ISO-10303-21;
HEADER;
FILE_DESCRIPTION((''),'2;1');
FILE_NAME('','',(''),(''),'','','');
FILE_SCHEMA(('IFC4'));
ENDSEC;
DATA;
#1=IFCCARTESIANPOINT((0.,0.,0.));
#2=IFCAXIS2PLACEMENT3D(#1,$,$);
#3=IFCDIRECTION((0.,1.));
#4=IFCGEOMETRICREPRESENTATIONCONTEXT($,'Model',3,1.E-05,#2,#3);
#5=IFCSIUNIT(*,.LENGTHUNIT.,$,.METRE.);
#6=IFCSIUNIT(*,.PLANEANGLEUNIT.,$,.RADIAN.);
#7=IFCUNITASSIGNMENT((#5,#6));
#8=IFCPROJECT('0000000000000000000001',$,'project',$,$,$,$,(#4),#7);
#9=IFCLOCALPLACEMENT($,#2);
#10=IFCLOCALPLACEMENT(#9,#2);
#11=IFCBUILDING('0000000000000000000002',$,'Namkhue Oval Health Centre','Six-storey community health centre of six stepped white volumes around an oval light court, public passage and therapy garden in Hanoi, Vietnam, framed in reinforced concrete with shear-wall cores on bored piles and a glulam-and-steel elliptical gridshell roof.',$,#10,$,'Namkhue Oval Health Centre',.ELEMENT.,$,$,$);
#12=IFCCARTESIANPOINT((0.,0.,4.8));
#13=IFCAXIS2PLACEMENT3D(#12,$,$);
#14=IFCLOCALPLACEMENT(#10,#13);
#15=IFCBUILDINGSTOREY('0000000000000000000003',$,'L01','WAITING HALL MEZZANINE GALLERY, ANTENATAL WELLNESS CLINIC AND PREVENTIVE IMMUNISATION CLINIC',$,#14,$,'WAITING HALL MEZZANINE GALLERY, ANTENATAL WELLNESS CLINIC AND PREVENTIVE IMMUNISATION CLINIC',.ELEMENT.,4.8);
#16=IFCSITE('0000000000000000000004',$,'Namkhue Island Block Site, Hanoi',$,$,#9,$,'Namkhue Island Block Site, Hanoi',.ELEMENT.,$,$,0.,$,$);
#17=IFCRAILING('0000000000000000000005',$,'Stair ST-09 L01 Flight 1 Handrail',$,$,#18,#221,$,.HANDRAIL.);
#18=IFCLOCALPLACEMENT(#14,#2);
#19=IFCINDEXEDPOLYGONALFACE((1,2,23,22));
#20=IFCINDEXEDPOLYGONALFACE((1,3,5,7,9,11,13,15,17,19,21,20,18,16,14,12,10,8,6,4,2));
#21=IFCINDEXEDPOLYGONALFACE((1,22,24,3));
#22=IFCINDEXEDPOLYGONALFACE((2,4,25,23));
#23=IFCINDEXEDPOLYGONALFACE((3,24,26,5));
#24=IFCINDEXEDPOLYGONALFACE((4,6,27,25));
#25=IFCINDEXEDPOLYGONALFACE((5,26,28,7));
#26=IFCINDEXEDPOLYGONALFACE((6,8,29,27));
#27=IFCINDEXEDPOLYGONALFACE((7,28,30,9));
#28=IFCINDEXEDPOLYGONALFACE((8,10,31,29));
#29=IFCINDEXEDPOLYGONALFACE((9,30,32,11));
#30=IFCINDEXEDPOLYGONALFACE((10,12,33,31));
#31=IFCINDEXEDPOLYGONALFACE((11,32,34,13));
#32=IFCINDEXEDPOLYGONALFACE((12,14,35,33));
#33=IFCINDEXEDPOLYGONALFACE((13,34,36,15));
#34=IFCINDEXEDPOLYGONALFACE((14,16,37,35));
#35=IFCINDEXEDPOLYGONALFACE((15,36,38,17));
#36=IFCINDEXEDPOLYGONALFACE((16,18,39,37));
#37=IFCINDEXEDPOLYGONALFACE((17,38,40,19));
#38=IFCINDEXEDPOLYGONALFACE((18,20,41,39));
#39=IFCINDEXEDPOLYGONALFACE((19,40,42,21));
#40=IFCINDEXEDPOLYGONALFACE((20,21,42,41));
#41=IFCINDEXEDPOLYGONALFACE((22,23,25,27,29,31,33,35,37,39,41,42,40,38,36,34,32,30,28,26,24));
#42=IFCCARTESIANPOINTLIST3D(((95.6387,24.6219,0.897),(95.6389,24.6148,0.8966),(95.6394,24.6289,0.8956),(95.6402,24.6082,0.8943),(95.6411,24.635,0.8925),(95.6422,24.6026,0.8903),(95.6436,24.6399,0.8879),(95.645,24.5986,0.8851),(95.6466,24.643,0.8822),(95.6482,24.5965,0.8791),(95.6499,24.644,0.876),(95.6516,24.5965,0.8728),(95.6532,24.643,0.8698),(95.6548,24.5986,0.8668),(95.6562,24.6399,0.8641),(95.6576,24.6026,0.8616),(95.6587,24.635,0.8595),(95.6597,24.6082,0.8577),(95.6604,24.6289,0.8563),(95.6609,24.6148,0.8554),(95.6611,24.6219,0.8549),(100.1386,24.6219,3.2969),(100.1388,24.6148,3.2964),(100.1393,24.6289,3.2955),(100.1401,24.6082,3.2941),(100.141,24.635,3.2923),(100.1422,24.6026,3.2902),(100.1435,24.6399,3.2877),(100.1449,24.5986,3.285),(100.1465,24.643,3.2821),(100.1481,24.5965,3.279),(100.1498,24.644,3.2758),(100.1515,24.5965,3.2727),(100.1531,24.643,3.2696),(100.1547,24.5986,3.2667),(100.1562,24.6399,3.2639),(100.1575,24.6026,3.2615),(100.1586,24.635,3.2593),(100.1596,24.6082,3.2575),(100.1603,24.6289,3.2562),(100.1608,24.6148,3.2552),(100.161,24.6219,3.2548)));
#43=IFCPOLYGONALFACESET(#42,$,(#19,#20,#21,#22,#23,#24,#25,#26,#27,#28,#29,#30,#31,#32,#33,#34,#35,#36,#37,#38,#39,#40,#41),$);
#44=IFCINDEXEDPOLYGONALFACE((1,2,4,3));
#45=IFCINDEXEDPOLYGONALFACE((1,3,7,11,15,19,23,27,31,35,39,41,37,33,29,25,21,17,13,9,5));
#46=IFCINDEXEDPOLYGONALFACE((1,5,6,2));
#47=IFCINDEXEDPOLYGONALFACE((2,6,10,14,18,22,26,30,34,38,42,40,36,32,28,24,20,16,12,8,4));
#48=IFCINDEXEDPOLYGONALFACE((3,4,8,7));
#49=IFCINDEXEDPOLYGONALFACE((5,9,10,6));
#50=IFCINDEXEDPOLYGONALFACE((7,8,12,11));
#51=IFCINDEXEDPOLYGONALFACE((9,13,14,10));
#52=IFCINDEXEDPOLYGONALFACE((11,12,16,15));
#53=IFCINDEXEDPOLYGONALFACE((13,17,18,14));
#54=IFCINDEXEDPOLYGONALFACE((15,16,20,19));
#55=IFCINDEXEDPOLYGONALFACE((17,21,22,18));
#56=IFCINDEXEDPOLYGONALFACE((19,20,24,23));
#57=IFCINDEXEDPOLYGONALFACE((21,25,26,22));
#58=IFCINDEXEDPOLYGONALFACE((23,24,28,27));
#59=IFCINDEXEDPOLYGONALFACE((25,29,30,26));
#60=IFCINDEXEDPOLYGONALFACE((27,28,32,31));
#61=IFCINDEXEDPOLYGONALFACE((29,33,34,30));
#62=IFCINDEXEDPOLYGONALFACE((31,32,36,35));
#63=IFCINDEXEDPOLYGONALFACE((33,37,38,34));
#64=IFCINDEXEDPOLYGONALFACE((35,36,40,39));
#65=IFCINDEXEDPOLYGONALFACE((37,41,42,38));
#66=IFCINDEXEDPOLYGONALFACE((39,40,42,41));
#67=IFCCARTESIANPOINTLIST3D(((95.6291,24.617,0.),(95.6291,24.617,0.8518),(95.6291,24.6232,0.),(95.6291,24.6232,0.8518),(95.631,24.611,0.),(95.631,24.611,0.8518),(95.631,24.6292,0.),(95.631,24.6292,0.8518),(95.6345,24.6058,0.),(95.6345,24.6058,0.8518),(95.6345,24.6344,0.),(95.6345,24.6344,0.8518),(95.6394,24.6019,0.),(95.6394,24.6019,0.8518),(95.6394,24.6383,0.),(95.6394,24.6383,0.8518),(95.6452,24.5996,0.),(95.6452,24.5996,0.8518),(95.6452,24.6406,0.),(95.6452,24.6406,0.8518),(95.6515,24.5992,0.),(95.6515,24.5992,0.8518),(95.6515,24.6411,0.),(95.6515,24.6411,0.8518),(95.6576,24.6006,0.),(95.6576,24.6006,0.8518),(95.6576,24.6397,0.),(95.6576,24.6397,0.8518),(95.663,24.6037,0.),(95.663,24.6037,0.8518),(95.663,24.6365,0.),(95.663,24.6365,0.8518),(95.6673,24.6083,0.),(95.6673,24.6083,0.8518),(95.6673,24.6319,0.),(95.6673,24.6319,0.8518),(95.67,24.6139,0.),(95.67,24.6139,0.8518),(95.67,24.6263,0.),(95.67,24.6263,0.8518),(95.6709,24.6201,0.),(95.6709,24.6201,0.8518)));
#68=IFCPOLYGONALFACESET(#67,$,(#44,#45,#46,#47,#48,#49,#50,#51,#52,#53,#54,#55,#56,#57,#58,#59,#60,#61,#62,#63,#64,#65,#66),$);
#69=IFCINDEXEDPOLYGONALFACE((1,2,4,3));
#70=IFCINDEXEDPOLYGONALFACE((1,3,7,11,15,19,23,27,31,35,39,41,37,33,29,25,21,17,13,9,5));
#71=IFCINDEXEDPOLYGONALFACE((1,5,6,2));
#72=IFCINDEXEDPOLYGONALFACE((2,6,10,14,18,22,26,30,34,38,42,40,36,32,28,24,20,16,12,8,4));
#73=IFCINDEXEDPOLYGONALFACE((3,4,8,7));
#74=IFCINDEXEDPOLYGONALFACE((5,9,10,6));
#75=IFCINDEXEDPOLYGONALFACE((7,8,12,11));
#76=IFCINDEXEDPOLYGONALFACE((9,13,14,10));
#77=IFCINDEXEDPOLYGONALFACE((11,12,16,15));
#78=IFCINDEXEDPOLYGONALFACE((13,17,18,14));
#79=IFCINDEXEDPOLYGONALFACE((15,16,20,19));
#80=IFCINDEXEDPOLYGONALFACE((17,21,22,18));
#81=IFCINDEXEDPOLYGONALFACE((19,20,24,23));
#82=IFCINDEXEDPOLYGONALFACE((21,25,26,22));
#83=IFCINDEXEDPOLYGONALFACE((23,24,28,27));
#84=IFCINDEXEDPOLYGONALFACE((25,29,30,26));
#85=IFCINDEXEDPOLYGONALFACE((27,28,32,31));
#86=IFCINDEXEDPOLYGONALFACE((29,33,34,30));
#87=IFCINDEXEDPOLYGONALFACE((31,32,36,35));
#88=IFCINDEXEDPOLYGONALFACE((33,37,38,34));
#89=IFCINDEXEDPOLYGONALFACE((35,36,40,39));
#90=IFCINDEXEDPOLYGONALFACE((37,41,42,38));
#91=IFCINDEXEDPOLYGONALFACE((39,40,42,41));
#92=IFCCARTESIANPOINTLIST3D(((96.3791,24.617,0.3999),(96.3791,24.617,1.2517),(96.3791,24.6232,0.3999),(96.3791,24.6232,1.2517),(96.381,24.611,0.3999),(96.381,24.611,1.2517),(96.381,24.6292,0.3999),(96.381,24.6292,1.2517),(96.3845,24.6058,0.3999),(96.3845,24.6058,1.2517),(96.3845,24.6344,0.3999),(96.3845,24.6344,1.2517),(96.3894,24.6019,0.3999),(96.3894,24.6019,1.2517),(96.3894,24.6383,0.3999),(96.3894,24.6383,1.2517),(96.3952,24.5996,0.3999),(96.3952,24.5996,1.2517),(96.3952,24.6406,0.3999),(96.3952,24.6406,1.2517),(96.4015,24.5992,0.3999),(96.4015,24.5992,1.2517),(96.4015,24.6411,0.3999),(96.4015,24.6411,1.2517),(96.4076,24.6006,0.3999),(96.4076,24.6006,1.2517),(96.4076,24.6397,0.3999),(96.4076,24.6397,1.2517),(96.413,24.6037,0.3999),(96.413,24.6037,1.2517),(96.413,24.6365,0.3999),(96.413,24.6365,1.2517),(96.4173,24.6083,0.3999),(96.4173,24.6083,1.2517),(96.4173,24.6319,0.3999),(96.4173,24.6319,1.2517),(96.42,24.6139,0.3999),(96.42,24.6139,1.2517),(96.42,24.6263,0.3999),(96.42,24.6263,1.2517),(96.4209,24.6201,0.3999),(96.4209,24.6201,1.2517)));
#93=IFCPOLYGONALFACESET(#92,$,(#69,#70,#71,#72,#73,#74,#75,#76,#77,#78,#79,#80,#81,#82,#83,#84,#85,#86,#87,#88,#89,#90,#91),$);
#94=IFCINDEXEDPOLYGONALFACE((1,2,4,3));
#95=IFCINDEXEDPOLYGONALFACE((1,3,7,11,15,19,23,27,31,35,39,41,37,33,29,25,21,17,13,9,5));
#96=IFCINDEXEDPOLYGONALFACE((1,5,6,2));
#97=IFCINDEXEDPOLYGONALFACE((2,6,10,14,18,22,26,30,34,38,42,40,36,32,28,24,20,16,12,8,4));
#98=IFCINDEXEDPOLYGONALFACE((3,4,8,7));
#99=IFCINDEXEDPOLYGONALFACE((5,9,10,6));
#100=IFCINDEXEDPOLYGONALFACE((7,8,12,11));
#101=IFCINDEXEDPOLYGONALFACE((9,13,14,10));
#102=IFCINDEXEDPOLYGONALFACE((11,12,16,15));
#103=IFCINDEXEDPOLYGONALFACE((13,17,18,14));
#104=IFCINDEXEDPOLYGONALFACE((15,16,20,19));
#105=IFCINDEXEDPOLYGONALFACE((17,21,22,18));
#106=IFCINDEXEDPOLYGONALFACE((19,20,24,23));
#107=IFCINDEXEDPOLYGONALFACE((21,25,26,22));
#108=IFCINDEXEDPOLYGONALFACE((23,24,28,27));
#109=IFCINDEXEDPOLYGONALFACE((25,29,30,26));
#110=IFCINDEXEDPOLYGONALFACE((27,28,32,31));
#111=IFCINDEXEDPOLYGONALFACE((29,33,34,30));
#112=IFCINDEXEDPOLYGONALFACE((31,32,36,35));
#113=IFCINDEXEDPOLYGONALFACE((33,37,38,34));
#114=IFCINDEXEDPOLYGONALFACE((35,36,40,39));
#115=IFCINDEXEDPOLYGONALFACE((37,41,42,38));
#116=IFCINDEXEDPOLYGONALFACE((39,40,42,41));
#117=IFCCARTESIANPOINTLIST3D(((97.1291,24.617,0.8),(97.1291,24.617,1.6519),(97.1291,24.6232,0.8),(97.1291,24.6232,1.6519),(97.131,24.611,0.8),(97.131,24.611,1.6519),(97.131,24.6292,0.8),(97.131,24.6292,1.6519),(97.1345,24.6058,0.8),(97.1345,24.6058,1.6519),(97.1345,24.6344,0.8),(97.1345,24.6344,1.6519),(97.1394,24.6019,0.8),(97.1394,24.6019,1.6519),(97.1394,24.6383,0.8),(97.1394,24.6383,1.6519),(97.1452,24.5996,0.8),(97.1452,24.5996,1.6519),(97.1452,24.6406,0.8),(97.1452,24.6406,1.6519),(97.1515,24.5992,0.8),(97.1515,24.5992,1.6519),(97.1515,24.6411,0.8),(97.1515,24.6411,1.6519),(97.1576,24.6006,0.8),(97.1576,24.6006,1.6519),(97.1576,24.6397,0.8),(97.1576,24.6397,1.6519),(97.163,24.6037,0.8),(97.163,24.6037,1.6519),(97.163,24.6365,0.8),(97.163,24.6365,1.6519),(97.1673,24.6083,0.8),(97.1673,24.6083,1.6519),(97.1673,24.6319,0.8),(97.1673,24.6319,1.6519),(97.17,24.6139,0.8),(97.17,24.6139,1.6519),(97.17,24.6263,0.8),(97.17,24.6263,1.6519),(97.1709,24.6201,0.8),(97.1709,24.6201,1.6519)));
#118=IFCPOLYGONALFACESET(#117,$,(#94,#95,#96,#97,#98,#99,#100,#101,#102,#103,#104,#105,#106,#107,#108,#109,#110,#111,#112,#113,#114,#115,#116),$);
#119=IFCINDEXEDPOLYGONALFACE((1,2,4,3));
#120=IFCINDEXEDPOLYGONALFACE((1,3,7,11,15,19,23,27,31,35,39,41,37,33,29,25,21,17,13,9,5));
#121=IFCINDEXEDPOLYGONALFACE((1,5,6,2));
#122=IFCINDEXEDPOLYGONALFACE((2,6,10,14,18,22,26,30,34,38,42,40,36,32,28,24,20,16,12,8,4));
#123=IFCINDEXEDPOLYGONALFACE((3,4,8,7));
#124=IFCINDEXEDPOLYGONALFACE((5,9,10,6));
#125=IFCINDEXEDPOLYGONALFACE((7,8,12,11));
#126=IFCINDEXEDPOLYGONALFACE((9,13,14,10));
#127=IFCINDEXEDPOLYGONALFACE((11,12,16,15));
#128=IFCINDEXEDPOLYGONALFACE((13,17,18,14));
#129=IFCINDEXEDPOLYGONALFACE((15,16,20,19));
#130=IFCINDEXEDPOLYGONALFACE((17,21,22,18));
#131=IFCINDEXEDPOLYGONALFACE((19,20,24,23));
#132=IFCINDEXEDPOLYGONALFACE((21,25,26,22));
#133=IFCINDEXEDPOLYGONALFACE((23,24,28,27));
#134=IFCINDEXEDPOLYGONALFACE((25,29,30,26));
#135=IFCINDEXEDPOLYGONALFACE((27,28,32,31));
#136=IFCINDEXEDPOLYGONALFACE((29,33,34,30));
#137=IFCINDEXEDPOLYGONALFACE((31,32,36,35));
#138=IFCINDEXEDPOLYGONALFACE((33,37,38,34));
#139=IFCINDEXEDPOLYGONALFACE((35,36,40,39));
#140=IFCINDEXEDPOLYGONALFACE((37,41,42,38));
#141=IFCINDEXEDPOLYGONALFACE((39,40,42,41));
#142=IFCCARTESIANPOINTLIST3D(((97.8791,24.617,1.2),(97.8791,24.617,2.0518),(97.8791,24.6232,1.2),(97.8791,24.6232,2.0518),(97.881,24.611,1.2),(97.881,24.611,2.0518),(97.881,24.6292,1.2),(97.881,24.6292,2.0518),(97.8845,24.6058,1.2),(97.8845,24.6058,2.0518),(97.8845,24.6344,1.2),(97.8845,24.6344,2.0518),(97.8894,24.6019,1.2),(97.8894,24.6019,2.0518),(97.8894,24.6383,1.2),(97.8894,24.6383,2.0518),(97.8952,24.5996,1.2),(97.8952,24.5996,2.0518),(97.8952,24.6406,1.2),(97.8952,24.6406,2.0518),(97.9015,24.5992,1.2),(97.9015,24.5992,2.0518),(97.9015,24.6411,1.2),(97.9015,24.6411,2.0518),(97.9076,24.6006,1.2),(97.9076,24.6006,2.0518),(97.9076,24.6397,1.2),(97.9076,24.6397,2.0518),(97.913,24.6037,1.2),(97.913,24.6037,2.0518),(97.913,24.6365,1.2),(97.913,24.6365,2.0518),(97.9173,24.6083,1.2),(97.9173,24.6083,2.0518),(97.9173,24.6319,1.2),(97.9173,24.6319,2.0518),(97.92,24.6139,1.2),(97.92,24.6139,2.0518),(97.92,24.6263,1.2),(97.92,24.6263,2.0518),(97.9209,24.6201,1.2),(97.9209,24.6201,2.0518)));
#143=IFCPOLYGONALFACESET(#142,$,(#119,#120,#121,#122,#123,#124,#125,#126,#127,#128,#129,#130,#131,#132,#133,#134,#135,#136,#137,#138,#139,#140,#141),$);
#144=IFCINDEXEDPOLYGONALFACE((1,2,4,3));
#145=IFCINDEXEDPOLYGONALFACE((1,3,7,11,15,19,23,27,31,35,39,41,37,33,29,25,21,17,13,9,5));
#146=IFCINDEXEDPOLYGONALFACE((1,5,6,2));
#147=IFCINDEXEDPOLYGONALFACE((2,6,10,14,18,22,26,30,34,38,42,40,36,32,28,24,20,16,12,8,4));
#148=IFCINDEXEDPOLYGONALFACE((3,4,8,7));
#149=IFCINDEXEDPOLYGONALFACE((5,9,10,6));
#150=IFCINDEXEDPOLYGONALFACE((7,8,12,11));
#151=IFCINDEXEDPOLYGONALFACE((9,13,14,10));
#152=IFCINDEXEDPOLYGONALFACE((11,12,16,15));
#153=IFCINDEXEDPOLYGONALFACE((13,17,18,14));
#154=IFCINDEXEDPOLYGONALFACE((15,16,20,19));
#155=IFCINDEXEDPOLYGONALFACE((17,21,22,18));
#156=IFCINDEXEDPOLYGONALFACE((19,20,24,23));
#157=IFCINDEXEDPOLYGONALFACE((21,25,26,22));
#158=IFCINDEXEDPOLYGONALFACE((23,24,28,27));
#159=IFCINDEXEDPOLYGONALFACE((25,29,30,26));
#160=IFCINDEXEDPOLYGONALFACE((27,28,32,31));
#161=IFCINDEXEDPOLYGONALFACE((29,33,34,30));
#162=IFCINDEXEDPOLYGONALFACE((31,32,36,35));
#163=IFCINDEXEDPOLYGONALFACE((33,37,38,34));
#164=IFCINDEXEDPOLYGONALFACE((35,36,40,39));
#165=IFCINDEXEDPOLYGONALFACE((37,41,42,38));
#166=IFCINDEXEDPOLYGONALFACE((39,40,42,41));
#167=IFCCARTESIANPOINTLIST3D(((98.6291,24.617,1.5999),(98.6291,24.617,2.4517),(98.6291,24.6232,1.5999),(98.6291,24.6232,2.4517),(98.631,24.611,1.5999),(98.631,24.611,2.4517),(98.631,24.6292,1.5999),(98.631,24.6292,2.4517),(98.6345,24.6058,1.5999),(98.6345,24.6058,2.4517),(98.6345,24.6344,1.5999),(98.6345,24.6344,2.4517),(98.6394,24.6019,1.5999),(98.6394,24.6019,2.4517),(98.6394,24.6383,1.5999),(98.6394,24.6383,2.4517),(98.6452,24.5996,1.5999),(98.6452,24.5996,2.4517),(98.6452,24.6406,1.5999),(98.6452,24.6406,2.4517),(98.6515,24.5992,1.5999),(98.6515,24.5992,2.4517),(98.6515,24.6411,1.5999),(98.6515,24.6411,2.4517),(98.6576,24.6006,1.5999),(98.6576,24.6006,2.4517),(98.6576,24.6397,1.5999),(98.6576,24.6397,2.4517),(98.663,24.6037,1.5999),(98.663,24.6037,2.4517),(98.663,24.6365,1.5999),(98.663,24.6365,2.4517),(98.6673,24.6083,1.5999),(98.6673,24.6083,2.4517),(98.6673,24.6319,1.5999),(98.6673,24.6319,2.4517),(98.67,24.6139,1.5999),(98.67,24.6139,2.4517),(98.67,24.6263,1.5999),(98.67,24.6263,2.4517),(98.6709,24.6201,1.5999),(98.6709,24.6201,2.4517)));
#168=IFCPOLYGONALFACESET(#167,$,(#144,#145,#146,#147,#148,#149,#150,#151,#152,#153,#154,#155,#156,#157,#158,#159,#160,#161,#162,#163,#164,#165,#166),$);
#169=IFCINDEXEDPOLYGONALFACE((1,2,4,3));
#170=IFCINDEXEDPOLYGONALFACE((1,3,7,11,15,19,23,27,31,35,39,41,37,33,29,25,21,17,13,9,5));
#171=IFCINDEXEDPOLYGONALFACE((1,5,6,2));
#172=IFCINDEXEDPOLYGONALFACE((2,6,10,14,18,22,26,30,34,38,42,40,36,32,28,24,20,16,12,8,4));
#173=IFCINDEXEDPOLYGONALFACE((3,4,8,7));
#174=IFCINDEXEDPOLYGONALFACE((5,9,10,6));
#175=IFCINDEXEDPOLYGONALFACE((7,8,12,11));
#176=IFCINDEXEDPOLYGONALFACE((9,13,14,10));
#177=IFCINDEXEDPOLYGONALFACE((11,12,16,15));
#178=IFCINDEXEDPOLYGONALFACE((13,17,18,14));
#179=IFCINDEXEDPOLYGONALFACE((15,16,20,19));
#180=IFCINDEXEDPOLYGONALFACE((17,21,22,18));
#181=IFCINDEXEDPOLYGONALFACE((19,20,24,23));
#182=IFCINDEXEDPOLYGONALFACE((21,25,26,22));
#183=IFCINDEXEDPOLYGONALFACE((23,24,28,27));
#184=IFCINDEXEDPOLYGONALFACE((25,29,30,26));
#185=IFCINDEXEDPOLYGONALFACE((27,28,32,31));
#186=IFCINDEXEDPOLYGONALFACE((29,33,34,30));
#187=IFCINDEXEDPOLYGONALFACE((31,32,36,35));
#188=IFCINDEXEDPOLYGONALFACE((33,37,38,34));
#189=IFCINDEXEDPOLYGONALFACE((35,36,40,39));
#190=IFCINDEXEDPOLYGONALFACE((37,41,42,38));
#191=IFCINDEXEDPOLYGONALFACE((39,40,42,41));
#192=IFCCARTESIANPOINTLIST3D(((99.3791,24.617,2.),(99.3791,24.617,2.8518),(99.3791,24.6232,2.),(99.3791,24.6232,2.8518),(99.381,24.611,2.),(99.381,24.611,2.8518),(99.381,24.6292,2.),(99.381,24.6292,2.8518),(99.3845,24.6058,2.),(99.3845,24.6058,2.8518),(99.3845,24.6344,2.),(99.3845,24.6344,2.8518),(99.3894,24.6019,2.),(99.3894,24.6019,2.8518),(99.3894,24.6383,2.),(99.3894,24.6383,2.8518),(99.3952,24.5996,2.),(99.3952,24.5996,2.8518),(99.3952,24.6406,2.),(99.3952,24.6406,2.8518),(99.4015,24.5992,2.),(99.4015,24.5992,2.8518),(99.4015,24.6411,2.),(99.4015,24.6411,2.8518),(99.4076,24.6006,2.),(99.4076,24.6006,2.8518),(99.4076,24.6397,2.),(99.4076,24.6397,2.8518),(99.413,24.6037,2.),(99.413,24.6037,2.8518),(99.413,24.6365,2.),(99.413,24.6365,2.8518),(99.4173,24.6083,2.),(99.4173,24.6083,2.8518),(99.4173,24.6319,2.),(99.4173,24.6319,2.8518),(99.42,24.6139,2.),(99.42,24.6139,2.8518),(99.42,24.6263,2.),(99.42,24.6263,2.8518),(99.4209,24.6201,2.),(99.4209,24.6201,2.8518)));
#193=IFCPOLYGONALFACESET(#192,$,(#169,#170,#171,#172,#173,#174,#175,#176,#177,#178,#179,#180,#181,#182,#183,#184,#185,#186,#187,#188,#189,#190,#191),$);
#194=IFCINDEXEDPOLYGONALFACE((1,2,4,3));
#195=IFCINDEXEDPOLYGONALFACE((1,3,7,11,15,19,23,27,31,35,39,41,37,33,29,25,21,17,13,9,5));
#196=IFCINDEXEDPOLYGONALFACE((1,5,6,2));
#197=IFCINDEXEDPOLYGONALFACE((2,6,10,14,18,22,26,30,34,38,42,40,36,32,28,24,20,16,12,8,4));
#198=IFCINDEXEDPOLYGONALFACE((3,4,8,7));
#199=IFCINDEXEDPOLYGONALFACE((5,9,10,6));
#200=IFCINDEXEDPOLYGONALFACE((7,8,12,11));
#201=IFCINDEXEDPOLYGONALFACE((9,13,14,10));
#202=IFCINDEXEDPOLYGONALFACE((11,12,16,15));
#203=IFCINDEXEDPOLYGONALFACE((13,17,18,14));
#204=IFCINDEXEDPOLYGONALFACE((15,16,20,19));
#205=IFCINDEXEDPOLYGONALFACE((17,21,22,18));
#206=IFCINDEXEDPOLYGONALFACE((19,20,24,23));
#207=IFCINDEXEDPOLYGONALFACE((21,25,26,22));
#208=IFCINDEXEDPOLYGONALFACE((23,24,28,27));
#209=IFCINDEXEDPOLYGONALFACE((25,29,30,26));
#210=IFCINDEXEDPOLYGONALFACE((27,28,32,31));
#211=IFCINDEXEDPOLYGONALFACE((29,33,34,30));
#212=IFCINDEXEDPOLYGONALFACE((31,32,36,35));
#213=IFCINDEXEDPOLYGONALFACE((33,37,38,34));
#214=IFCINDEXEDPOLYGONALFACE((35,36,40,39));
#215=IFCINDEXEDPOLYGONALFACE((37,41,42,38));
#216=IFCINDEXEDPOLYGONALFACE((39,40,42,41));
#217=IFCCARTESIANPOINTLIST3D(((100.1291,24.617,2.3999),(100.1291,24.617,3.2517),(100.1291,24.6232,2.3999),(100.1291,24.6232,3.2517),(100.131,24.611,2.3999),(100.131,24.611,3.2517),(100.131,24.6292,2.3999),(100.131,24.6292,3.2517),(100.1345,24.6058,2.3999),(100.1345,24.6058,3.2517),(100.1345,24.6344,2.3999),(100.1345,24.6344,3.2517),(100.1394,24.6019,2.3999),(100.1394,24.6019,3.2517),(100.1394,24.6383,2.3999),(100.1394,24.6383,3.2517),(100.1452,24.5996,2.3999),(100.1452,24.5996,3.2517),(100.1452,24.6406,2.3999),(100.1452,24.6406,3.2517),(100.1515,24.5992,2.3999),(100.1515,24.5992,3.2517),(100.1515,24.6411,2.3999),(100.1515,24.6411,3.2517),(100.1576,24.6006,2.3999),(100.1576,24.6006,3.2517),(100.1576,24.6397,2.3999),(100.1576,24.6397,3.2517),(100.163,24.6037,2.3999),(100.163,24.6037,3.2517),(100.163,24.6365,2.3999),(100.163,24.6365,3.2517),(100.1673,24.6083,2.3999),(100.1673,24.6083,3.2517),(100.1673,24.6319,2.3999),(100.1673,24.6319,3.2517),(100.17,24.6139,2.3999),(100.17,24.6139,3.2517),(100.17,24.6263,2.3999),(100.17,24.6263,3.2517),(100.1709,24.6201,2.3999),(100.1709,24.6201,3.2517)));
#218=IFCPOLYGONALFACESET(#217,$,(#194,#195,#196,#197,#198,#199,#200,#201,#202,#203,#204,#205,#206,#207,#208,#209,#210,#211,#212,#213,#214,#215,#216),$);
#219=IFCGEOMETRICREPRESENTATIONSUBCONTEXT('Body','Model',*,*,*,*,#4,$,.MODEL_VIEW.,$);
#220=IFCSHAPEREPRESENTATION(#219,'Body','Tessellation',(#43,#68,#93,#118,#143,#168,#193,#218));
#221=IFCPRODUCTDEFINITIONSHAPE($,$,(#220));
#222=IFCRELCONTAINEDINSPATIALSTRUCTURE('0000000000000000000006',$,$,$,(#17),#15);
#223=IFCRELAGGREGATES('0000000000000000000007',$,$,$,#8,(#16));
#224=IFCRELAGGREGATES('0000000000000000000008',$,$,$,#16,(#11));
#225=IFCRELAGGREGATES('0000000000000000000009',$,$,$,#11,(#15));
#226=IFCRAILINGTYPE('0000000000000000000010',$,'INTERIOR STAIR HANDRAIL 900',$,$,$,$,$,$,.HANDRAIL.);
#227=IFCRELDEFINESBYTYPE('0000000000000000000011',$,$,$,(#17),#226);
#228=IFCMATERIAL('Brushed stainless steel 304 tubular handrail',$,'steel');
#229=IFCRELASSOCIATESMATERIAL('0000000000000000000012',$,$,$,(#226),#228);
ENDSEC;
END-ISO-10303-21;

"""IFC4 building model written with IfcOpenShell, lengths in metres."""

from ifc_helpers import new_model, si_unit, direction, frame, origin, origin_2d, place, context, subcontext, project, spatial, circle, extrude, material, type_object, element, save


model = new_model("IFC4")

# Units and contexts
model_context = context("Model", 3, precision=1e-05, world=origin(), true_north=direction((0.0, 1.0)))
body_context = subcontext(model_context, "Body", "Model", "MODEL_VIEW")
ifc_project = project(units=[si_unit("LENGTHUNIT", "METRE"), si_unit("PLANEANGLEUNIT", "RADIAN")], contexts=[model_context])

# Site, building, storey
site_placement = place(None, origin())
site = spatial("IfcSite", under=ifc_project, at=site_placement, Name="Namkhue Island Block Site, Hanoi", LongName="Namkhue Island Block Site, Hanoi", CompositionType="ELEMENT", RefElevation=0.0)
building_placement = place(site_placement, origin())
building = spatial("IfcBuilding", under=site, at=building_placement, Name="Namkhue Oval Health Centre", Description="Six-storey community health centre of six stepped white volumes around an oval light court, public passage and therapy garden in Hanoi, Vietnam, framed in reinforced concrete with shear-wall cores on bored piles and a glulam-and-steel elliptical gridshell roof.", LongName="Namkhue Oval Health Centre", CompositionType="ELEMENT")
storey_placement = place(building_placement, frame((0.0, 0.0, 4.8)))
storey = spatial("IfcBuildingStorey", under=building, at=storey_placement, Name="L01", Description="WAITING HALL MEZZANINE GALLERY, ANTENATAL WELLNESS CLINIC AND PREVENTIVE IMMUNISATION CLINIC", LongName="WAITING HALL MEZZANINE GALLERY, ANTENATAL WELLNESS CLINIC AND PREVENTIVE IMMUNISATION CLINIC", CompositionType="ELEMENT", Elevation=4.8)

# Railing
ifc_material_1 = material(Name="Brushed stainless steel 304 tubular handrail", Category="steel")
railing_type_1 = type_object("IfcRailingType", Name="INTERIOR STAIR HANDRAIL 900", PredefinedType="HANDRAIL", material=ifc_material_1)
railing_1_placement = place(storey_placement, frame((95.6499, 24.6201, 0.0)))
element("IfcRailing", 1, at=railing_1_placement, inside=storey, type_object=railing_type_1, Name="Stair ST-09 L01 Flight 1 Handrail", PredefinedType="HANDRAIL", context=body_context, shape_type="SweptSolid", body=[
    extrude(circle(Radius=0.0239, at=origin_2d()), frame((0.0, 0.0, 0.876), z_axis=(0.882361, 0.0, 0.470573), x_axis=(0.0, 1.0, 0.0)), (0.0, 0.0, 1.0), 5.0999),
    extrude(circle(Radius=0.021, at=origin_2d()), origin(), (0.0, 0.0, 1.0), 0.8518),
    extrude(circle(Radius=0.021, at=origin_2d()), frame((0.75, 0.0, 0.3999)), (0.0, 0.0, 1.0), 0.8518),
    extrude(circle(Radius=0.021, at=origin_2d()), frame((1.5, 0.0, 0.8)), (0.0, 0.0, 1.0), 0.8518),
    extrude(circle(Radius=0.021, at=origin_2d()), frame((2.25, 0.0, 1.2)), (0.0, 0.0, 1.0), 0.8518),
    extrude(circle(Radius=0.021, at=origin_2d()), frame((3.0, 0.0, 1.5999)), (0.0, 0.0, 1.0), 0.8518),
    extrude(circle(Radius=0.021, at=origin_2d()), frame((3.75, 0.0, 2.0)), (0.0, 0.0, 1.0), 0.8518),
    extrude(circle(Radius=0.021, at=origin_2d()), frame((4.5, 0.0, 2.3999)), (0.0, 0.0, 1.0), 0.8518),
])

save(model, "model.ifc")
